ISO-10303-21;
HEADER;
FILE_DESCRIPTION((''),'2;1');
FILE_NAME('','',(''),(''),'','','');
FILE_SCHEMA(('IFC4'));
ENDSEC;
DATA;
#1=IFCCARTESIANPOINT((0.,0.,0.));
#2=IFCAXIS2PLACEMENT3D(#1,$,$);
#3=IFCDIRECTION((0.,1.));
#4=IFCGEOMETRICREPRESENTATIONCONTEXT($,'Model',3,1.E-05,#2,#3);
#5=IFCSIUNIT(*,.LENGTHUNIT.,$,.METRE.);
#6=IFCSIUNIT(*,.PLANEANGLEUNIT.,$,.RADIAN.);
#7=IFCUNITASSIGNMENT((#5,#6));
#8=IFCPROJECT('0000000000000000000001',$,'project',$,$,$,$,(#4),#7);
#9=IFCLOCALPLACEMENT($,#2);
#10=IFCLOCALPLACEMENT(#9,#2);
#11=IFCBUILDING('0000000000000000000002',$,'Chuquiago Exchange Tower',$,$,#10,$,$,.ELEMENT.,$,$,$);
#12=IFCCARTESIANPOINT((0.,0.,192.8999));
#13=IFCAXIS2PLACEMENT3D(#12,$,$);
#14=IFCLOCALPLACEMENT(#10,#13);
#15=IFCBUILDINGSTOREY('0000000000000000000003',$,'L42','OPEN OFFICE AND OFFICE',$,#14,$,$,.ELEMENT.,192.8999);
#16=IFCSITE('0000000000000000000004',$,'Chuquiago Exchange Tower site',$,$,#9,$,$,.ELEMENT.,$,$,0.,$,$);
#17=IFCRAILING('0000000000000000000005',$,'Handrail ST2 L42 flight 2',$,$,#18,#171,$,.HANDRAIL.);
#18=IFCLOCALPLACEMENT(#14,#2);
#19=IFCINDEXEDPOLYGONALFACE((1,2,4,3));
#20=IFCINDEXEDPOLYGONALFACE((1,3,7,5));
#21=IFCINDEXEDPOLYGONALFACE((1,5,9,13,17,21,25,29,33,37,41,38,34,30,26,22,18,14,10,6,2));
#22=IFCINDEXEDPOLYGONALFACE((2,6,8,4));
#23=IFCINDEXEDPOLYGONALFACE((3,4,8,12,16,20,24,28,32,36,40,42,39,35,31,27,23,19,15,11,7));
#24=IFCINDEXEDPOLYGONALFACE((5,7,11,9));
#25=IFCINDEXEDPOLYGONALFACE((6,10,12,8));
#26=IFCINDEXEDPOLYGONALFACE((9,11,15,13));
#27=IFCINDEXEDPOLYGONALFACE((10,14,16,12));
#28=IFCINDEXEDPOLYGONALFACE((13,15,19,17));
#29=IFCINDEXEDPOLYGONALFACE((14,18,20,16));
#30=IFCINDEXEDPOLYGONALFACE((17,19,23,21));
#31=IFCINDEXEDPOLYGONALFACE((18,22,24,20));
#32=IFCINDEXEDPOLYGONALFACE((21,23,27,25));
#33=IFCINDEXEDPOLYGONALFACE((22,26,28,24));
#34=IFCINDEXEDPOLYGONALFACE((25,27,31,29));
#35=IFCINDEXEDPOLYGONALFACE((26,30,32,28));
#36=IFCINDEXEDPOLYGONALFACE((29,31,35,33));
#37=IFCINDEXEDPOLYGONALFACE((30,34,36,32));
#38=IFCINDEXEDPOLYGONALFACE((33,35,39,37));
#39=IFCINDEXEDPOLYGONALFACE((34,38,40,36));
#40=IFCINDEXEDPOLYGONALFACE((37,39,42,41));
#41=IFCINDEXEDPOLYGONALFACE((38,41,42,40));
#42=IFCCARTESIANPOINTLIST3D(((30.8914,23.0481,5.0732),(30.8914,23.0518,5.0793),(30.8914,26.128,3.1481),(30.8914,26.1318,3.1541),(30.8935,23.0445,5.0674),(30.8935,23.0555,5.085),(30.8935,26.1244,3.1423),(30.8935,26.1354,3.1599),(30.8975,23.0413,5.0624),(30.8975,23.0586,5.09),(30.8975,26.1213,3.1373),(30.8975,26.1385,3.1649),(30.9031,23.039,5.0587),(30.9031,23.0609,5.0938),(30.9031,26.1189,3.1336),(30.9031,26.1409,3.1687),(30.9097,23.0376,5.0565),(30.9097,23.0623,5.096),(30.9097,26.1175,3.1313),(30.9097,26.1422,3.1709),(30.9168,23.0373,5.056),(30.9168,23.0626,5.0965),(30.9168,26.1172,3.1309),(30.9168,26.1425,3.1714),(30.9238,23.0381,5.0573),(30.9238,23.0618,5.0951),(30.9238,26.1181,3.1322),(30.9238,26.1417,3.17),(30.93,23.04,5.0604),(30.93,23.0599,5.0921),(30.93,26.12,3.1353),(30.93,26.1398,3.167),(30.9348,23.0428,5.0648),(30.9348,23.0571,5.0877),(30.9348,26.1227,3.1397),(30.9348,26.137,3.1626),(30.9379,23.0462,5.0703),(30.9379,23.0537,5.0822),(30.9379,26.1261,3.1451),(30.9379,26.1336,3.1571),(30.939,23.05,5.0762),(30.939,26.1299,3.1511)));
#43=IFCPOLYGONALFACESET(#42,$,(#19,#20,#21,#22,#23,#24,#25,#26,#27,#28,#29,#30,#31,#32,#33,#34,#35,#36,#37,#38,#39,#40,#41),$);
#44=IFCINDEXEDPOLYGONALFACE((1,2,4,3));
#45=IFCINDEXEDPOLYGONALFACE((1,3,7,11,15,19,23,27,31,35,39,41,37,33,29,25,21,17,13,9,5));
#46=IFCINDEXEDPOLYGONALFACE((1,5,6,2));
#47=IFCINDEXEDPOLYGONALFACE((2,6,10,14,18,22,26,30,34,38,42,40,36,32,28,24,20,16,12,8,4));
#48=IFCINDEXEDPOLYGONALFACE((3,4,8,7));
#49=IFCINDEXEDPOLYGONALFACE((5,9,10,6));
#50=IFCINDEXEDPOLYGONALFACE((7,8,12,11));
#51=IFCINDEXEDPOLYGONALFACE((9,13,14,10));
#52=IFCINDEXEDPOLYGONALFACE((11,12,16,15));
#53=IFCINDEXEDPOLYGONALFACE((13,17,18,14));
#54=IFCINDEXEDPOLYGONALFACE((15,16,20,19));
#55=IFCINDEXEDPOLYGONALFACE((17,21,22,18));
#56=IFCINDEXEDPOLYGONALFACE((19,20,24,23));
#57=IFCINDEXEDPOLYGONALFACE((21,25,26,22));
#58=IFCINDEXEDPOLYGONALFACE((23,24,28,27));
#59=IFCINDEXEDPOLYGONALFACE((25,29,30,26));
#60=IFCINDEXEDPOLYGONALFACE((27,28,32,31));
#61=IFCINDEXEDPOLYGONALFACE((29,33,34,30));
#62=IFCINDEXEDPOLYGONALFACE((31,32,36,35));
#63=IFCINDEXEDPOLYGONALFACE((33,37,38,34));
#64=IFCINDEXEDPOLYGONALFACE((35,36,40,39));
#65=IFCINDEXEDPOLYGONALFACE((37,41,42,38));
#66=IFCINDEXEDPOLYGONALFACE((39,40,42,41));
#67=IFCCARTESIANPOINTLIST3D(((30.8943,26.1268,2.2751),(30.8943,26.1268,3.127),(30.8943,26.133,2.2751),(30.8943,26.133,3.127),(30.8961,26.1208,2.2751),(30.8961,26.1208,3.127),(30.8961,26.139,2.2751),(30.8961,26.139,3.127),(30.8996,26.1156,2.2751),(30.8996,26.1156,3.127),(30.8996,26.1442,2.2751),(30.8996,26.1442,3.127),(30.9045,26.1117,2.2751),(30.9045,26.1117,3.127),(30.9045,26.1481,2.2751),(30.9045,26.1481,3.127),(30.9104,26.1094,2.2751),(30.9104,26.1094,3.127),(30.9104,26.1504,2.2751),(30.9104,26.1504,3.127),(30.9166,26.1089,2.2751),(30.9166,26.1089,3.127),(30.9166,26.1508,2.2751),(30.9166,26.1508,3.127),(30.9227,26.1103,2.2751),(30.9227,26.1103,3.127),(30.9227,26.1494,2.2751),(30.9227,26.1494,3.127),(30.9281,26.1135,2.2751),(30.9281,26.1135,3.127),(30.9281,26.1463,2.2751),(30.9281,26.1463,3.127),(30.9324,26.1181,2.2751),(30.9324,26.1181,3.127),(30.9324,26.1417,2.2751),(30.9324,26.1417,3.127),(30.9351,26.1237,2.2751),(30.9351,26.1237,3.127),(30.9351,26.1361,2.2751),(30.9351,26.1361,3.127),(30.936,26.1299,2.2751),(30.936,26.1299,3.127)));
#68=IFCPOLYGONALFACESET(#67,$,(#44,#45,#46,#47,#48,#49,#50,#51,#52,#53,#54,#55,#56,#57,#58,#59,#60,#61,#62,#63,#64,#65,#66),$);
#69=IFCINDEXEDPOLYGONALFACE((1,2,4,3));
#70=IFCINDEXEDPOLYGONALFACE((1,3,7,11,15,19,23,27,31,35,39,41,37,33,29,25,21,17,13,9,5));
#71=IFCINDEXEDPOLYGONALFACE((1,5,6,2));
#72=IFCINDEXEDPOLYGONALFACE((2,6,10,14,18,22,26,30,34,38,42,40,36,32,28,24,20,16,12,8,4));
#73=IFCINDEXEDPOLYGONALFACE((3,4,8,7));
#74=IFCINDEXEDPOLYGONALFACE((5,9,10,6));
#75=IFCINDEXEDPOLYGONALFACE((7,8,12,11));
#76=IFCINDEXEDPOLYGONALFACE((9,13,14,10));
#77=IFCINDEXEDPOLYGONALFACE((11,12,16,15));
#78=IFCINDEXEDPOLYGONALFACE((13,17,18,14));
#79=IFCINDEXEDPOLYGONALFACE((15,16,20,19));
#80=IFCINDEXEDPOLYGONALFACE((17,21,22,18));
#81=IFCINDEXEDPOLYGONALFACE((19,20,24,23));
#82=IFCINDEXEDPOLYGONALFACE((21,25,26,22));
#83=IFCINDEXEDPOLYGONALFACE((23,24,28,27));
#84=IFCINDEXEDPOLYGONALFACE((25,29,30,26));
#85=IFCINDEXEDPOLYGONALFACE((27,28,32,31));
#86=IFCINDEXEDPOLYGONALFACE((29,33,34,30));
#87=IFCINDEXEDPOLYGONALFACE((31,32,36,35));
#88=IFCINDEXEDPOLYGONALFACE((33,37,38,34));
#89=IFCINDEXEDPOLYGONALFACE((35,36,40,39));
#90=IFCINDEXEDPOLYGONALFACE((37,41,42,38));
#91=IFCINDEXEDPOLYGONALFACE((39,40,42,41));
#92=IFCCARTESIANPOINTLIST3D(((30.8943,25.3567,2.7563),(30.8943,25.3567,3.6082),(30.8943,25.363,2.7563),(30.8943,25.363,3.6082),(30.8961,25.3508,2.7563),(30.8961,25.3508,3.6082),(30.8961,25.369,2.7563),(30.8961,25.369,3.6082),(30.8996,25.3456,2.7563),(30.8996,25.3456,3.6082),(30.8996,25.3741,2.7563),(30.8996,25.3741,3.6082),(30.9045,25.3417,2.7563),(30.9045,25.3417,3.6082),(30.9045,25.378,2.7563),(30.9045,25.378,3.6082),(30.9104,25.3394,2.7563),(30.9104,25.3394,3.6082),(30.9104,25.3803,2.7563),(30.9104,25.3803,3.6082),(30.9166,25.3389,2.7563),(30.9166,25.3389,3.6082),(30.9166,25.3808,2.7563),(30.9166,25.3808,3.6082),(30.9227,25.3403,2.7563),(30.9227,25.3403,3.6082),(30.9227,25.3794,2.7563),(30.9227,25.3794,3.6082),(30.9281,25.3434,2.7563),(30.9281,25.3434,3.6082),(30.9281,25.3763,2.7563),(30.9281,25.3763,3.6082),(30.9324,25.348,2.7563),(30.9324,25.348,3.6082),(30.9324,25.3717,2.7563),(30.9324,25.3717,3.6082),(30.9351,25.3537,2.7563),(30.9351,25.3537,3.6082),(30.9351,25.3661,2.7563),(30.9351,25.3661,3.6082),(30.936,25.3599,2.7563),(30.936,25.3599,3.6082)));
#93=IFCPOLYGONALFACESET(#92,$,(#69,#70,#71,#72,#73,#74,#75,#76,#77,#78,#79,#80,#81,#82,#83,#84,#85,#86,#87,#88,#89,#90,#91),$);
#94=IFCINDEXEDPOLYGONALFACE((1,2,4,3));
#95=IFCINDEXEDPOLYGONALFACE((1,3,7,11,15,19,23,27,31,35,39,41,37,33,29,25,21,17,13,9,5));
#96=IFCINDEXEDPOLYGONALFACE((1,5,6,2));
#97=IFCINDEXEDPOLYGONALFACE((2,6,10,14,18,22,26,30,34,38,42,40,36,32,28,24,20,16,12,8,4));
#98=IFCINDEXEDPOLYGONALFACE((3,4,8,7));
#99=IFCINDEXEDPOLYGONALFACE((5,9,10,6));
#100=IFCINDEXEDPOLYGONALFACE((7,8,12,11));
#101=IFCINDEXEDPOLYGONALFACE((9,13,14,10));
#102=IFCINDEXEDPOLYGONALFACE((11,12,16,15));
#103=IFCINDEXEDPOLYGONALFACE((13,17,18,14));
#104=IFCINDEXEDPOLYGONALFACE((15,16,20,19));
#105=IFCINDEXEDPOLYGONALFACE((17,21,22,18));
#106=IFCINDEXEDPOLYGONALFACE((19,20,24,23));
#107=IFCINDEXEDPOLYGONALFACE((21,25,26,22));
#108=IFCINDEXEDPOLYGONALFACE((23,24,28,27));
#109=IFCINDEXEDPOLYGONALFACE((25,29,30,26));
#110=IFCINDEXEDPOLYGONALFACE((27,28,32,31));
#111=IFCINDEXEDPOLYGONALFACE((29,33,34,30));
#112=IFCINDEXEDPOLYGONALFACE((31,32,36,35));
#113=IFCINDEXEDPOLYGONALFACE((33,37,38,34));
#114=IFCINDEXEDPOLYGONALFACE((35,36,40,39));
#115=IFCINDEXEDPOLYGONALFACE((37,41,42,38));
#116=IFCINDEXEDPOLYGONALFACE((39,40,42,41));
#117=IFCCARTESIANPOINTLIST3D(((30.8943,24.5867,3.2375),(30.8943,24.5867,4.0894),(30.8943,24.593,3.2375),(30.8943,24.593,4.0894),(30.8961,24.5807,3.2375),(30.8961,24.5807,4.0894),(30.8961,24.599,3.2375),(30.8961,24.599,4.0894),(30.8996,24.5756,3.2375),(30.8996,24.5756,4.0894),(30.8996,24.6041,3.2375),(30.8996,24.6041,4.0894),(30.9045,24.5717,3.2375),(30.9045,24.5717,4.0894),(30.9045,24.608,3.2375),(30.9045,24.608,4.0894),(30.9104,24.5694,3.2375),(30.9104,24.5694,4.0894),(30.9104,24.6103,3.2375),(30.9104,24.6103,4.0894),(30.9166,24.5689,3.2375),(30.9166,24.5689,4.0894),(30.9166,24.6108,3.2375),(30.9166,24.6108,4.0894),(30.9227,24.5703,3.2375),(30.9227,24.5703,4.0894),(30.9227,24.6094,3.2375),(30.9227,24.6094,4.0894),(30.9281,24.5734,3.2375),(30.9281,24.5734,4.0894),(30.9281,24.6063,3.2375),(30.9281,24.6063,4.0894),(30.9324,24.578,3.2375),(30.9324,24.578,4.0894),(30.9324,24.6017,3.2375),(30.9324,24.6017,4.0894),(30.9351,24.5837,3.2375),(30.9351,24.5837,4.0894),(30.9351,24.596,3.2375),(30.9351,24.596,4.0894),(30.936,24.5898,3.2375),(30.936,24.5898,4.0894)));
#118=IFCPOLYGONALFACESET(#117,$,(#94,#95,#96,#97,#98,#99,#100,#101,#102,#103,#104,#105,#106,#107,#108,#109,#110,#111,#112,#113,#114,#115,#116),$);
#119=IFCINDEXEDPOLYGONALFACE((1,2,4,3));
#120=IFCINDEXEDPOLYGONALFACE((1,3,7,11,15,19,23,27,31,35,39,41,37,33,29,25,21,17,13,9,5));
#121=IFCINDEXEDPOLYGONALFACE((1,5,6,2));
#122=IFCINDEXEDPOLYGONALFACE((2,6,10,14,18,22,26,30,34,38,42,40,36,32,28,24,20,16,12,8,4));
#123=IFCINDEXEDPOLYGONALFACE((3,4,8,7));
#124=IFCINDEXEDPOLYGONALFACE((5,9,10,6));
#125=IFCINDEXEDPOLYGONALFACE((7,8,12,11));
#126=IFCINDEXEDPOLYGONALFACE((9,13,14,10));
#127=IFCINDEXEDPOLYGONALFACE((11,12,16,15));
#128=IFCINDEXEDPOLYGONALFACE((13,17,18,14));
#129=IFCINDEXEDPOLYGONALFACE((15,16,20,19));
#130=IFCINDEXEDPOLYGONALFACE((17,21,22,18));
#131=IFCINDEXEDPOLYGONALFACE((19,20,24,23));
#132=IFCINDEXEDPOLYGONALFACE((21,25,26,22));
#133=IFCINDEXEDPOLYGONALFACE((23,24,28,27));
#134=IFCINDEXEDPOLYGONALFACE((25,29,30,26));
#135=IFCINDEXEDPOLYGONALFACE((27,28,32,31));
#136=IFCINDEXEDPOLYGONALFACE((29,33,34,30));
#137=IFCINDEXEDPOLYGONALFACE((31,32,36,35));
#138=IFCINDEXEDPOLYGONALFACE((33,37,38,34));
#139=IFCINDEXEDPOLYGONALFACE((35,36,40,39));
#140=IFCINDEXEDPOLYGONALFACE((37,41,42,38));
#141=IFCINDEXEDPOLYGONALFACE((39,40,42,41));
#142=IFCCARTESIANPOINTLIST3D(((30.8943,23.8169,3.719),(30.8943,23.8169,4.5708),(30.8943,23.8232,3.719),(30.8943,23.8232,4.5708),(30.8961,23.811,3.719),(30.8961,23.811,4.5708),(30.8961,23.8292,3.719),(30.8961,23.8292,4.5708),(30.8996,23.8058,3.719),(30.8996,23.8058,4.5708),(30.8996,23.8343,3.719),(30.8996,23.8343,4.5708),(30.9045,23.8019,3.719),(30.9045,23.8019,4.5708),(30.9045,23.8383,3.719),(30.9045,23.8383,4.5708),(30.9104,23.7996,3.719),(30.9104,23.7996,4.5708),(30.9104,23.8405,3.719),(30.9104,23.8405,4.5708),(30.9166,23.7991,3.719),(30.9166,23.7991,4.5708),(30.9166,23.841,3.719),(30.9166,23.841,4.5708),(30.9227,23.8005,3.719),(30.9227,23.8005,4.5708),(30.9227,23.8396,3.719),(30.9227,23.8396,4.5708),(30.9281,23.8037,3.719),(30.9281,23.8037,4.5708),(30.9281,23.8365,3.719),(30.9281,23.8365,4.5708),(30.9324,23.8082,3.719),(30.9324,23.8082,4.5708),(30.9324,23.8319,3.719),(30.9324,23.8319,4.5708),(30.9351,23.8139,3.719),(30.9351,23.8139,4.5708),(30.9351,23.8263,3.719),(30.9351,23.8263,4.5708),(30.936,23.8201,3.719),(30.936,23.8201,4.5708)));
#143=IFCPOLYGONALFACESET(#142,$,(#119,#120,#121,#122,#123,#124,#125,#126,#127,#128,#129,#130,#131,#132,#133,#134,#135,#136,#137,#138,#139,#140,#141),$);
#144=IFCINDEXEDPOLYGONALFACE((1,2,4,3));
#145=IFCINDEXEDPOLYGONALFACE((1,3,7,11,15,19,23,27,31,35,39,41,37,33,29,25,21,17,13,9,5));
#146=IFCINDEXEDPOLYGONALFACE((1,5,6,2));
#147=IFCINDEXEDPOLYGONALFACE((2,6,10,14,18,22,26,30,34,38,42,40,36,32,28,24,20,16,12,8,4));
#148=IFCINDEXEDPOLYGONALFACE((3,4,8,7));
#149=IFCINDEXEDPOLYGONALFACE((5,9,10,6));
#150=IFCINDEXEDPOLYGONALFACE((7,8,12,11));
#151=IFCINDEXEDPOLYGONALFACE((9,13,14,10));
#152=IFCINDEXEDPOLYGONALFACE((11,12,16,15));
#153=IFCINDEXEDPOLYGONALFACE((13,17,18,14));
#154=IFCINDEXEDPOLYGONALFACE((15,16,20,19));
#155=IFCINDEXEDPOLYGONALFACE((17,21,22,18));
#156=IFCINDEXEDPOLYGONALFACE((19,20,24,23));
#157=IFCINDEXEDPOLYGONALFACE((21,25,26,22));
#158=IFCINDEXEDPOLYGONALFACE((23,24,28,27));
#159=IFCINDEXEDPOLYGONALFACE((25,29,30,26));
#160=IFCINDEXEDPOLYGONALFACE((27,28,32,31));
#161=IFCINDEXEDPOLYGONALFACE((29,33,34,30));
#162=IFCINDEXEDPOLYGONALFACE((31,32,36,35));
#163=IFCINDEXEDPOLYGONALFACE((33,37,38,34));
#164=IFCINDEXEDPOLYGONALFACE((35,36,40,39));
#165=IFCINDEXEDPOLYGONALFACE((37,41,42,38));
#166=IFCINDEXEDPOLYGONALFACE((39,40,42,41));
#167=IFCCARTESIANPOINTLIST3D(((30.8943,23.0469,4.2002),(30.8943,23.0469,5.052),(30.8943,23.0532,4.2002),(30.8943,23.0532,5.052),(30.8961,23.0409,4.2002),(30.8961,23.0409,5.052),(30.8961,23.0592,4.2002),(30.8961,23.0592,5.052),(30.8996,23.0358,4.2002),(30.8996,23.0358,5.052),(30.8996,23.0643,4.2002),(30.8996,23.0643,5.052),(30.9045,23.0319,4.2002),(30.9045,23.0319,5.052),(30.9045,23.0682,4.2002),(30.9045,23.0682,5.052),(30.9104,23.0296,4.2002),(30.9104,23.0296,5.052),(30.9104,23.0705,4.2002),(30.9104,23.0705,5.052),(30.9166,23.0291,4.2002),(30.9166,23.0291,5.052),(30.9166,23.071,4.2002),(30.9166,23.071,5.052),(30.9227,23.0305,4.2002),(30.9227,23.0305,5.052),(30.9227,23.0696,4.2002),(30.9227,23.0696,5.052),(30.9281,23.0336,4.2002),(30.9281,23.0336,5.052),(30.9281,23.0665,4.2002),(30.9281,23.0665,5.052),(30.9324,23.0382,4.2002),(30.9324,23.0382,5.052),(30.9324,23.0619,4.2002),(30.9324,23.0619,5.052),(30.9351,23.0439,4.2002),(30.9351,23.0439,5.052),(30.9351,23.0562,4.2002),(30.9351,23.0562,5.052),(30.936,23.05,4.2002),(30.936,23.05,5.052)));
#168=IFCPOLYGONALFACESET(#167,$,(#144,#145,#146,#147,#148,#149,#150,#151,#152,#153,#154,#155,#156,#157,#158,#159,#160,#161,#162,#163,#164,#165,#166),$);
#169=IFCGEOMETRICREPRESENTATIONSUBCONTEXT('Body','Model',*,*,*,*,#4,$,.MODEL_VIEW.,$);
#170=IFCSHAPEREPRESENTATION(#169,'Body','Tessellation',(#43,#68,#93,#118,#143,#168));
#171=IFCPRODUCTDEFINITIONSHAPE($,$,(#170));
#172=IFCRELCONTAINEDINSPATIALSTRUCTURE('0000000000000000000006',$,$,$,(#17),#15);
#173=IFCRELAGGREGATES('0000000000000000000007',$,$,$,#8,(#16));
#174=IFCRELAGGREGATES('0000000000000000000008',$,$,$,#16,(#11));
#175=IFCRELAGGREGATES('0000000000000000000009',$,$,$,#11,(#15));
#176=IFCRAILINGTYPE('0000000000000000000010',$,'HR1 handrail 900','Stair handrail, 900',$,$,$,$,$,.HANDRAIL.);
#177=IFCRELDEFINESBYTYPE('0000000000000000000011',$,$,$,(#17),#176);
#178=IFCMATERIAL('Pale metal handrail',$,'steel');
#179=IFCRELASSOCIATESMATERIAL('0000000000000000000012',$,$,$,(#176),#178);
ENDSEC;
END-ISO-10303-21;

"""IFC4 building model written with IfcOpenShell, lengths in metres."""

from ifc_helpers import new_model, si_unit, direction, frame, origin, origin_2d, place, context, subcontext, project, spatial, circle, extrude, material, type_object, element, save


model = new_model("IFC4")

# Units and contexts
model_context = context("Model", 3, precision=1e-05, world=origin(), true_north=direction((0.0, 1.0)))
body_context = subcontext(model_context, "Body", "Model", "MODEL_VIEW")
ifc_project = project(units=[si_unit("LENGTHUNIT", "METRE"), si_unit("PLANEANGLEUNIT", "RADIAN")], contexts=[model_context])

# Site, building, storey
site_placement = place(None, origin())
site = spatial("IfcSite", under=ifc_project, at=site_placement, Name="Chuquiago Exchange Tower site", CompositionType="ELEMENT", RefElevation=0.0)
building_placement = place(site_placement, origin())
building = spatial("IfcBuilding", under=site, at=building_placement, Name="Chuquiago Exchange Tower", CompositionType="ELEMENT")
storey_placement = place(building_placement, frame((0.0, 0.0, 192.8999)))
storey = spatial("IfcBuildingStorey", under=building, at=storey_placement, Name="L42", Description="OPEN OFFICE AND OFFICE", CompositionType="ELEMENT", Elevation=192.8999)

# Railing
ifc_material_1 = material(Name="Pale metal handrail", Category="steel")
railing_type_1 = type_object("IfcRailingType", Name="HR1 handrail 900", Description="Stair handrail, 900", PredefinedType="HANDRAIL", material=ifc_material_1)
railing_1_placement = place(storey_placement, frame((30.915, 26.1299, 2.2751)))
element("IfcRailing", 1, at=railing_1_placement, inside=storey, type_object=railing_type_1, Name="Handrail ST2 L42 flight 2", PredefinedType="HANDRAIL", context=body_context, shape_type="SweptSolid", body=[
    extrude(circle(Radius=0.0239, at=origin_2d()), frame((0.0, 0.0, 0.876), z_axis=(0.0, -0.847979, 0.530029), x_axis=(1.0, 0.0, 0.0)), (0.0, 0.0, 1.0), 3.6321),
    extrude(circle(Radius=0.021, at=origin_2d()), origin(), (0.0, 0.0, 1.0), 0.8518),
    extrude(circle(Radius=0.021, at=origin_2d()), frame((0.0, -0.77, 0.4812)), (0.0, 0.0, 1.0), 0.8518),
    extrude(circle(Radius=0.021, at=origin_2d()), frame((0.0, -1.54, 0.9624)), (0.0, 0.0, 1.0), 0.8518),
    extrude(circle(Radius=0.021, at=origin_2d()), frame((0.0, -2.3098, 1.4438)), (0.0, 0.0, 1.0), 0.8518),
    extrude(circle(Radius=0.021, at=origin_2d()), frame((0.0, -3.0798, 1.925)), (0.0, 0.0, 1.0), 0.8518),
])

save(model, "model.ifc")
